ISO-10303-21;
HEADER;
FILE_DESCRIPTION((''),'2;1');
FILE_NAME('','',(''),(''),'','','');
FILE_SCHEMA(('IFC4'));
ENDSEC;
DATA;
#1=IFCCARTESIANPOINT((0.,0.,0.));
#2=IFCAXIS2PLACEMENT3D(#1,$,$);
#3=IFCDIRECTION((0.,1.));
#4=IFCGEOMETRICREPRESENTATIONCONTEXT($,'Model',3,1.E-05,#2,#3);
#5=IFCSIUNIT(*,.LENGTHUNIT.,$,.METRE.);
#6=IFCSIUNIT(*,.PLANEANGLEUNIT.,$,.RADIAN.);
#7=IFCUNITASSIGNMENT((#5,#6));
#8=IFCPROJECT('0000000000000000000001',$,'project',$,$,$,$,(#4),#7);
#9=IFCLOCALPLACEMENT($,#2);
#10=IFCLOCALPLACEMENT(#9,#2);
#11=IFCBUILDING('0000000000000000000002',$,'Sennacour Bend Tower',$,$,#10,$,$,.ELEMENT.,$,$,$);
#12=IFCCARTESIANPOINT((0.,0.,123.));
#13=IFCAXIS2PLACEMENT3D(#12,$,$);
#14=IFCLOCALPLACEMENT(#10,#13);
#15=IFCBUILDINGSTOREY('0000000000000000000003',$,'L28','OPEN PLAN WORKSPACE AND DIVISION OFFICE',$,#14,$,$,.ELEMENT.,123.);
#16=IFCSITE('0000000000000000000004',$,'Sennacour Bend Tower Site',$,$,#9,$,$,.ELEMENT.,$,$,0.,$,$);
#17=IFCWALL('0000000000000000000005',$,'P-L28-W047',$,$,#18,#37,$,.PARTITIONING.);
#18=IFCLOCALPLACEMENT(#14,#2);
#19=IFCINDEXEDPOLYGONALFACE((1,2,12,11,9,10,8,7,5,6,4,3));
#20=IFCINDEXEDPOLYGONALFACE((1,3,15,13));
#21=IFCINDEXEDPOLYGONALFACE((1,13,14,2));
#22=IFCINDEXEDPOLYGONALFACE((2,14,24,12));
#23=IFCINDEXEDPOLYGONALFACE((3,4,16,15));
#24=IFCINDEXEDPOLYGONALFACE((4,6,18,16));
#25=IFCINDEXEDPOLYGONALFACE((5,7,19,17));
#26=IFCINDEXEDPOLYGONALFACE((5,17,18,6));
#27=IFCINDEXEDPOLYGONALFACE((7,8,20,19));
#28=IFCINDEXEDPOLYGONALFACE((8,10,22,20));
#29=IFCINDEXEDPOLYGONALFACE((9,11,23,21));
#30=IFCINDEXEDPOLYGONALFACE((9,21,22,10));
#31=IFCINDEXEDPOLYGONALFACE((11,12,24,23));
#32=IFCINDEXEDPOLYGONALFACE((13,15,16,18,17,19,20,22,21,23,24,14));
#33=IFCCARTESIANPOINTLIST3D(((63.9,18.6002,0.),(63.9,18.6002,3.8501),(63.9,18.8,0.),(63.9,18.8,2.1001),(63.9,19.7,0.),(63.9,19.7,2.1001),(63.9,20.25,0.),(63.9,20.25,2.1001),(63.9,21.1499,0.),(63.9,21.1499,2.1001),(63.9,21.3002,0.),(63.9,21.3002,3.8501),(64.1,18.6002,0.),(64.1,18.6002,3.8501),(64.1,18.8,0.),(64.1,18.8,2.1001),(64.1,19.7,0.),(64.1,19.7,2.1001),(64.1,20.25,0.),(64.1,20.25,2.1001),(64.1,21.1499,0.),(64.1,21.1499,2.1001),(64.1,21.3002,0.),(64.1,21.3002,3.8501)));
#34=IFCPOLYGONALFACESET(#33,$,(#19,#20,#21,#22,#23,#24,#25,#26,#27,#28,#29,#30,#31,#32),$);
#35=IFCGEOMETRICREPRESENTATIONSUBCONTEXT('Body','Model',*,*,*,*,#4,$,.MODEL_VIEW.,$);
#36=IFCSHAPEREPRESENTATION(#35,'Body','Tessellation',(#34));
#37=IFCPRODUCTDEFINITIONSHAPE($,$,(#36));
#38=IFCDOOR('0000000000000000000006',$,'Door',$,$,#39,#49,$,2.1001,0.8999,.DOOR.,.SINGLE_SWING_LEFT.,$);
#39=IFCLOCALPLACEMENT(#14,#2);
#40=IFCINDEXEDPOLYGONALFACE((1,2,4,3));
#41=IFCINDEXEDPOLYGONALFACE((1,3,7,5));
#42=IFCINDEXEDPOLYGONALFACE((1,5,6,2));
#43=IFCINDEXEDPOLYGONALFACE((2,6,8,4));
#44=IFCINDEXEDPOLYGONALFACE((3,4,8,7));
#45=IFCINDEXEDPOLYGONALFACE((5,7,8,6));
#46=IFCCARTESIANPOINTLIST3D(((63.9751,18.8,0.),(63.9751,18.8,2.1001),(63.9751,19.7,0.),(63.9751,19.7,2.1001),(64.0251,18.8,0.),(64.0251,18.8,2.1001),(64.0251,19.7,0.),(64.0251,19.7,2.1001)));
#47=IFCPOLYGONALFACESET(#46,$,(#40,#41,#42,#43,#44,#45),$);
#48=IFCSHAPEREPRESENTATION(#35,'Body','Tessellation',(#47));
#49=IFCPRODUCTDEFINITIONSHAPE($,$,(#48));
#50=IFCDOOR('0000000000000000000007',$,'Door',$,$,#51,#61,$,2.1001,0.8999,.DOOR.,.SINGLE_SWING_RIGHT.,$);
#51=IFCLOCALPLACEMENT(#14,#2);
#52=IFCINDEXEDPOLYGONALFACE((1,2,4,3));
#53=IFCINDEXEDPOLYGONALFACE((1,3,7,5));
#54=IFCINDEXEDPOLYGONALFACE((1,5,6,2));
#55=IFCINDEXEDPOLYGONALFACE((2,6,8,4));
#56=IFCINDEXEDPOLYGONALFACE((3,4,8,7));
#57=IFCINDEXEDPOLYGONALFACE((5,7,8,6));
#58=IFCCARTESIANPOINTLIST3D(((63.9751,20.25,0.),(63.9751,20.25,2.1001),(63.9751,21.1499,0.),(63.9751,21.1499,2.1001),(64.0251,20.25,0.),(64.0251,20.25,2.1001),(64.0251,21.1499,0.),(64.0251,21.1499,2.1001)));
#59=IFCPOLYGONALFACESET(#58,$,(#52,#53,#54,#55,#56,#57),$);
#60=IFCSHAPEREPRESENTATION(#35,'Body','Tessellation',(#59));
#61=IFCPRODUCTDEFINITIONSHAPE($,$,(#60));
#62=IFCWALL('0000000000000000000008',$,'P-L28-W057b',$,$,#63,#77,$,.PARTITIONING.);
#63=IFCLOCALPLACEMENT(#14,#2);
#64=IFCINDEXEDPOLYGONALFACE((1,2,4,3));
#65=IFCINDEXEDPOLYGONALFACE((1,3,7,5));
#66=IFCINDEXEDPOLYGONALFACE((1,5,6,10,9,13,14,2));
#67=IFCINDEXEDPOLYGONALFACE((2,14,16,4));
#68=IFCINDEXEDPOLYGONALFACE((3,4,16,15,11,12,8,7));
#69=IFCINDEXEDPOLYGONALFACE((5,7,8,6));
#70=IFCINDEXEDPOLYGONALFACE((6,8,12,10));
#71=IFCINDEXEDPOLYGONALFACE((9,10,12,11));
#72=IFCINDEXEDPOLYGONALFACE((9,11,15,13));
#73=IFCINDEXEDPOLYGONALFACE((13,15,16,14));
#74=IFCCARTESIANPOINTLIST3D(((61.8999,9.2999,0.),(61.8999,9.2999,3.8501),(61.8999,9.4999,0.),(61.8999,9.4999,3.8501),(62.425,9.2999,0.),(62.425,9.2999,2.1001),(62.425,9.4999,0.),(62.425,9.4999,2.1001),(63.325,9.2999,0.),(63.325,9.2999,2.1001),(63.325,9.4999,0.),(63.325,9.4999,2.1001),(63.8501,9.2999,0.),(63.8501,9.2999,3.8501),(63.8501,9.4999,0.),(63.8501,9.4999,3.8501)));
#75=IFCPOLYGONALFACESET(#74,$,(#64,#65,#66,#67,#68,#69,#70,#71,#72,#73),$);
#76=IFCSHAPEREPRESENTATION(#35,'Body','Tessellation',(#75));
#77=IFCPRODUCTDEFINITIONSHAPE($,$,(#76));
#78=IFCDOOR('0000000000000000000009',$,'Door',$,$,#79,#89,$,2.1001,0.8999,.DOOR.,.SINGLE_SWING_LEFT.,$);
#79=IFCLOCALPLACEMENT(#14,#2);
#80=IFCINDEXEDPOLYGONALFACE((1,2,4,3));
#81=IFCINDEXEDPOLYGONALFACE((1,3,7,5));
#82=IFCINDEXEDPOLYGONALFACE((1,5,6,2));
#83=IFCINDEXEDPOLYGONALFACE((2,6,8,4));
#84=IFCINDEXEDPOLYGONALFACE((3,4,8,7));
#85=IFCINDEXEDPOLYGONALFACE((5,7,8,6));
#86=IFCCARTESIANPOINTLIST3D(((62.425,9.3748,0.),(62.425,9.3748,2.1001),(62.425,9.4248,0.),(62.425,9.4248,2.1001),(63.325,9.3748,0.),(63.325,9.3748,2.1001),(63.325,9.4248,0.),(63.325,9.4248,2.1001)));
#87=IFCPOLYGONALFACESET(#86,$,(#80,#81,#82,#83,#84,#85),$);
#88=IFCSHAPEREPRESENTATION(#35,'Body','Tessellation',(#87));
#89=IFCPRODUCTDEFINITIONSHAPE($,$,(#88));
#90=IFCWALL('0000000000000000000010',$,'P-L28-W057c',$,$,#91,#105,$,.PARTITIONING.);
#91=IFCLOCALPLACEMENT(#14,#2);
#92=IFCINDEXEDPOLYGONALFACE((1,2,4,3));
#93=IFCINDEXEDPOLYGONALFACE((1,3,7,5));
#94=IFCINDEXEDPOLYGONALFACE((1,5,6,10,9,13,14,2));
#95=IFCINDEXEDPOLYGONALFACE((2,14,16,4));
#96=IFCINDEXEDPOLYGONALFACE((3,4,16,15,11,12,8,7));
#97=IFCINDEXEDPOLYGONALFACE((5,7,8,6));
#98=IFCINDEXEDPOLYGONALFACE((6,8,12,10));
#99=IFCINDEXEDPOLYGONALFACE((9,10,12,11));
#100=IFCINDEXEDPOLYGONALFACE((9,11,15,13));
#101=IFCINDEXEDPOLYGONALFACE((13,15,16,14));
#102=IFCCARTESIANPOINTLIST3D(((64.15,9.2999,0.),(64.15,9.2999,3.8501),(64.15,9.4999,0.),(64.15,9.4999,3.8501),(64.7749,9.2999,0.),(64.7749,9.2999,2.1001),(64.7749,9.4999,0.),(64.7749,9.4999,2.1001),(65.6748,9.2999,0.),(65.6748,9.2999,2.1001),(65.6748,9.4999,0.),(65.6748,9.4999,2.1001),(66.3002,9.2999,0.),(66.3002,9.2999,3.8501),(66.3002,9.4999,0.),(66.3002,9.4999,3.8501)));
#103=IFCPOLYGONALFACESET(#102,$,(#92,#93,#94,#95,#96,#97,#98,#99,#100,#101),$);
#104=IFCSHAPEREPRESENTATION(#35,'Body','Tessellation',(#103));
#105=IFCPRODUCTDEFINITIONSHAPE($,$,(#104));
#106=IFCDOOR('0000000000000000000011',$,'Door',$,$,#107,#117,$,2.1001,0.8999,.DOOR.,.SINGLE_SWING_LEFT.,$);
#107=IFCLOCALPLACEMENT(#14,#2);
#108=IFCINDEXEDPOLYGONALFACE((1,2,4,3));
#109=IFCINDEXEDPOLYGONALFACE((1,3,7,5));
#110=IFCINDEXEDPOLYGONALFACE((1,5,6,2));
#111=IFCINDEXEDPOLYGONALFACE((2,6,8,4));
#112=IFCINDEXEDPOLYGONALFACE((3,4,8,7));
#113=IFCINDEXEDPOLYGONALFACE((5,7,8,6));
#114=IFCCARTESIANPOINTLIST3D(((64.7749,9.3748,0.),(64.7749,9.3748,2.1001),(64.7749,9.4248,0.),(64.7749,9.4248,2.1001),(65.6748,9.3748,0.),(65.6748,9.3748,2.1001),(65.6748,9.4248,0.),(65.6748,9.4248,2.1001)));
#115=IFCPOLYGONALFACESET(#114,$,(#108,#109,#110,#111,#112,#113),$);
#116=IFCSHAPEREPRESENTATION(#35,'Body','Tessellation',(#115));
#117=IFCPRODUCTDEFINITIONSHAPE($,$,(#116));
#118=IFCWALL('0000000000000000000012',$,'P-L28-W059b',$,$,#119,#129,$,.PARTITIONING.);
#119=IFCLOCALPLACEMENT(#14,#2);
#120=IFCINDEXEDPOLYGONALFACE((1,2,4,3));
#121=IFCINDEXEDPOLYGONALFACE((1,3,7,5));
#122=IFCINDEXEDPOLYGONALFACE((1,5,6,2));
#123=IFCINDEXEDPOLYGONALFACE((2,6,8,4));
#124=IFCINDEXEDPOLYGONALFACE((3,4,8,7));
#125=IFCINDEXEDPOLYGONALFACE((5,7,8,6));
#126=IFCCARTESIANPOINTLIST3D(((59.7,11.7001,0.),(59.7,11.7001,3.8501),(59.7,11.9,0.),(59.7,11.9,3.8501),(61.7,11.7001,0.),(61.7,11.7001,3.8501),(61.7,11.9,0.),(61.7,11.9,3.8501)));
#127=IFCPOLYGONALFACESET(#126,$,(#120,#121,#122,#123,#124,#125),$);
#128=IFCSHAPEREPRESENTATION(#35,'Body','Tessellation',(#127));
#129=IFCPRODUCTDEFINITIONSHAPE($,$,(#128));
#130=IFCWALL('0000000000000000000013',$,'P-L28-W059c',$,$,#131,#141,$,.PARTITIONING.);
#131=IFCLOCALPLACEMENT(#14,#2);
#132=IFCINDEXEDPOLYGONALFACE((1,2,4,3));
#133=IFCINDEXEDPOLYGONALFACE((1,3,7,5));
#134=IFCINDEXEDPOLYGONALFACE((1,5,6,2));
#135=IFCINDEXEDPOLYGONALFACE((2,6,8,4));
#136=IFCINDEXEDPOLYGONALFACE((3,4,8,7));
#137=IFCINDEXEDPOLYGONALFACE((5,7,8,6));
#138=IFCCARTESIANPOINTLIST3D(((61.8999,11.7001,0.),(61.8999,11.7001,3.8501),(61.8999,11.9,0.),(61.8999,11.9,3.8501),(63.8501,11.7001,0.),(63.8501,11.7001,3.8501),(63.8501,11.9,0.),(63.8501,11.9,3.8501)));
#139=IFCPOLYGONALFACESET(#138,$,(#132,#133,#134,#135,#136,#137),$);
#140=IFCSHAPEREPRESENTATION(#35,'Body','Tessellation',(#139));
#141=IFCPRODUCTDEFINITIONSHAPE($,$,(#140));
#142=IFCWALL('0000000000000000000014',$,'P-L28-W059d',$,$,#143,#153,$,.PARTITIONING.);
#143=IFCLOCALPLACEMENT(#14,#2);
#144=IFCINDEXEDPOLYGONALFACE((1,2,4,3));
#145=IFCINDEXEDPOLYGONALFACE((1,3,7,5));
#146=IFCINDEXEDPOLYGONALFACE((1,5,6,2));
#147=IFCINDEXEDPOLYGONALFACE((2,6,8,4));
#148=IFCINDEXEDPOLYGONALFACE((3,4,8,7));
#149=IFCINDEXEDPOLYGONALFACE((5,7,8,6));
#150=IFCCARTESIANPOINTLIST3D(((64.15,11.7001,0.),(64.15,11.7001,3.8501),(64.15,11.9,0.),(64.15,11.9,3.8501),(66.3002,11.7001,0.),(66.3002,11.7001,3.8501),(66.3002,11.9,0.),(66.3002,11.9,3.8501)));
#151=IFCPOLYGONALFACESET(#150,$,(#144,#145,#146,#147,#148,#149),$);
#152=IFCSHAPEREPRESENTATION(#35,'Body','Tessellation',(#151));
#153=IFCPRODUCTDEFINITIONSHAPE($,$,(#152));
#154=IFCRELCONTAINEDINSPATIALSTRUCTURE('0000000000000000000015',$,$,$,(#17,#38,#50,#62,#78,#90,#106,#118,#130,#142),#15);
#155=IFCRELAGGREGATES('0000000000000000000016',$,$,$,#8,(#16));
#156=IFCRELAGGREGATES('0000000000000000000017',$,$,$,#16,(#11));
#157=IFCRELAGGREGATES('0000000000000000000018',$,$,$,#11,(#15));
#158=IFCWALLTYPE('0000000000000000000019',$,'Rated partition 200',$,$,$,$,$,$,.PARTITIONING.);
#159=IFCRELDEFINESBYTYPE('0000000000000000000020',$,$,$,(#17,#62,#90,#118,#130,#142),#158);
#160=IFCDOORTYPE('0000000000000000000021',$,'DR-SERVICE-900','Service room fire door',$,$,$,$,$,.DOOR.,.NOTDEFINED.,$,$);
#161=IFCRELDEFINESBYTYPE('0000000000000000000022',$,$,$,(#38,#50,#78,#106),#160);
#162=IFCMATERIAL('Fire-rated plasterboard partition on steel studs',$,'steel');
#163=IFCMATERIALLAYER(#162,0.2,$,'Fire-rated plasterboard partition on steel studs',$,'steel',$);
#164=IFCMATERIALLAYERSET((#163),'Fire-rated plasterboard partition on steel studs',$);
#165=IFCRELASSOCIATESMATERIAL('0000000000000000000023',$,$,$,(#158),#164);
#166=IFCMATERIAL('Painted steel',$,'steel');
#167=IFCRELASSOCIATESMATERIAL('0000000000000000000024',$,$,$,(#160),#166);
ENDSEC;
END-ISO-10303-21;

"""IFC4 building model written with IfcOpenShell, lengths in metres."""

from ifc_helpers import new_model, si_unit, direction, frame, frame_2d, origin, place, context, subcontext, project, spatial, rectangle, extrude, material, layer, layer_set, type_object, element, fill, save


model = new_model("IFC4")

# Units and contexts
model_context = context("Model", 3, precision=1e-05, world=origin(), true_north=direction((0.0, 1.0)))
body_context = subcontext(model_context, "Body", "Model", "MODEL_VIEW")
ifc_project = project(units=[si_unit("LENGTHUNIT", "METRE"), si_unit("PLANEANGLEUNIT", "RADIAN")], contexts=[model_context])

# Site, building, storey
site_placement = place(None, origin())
site = spatial("IfcSite", under=ifc_project, at=site_placement, Name="Sennacour Bend Tower Site", CompositionType="ELEMENT", RefElevation=0.0)
building_placement = place(site_placement, origin())
building = spatial("IfcBuilding", under=site, at=building_placement, Name="Sennacour Bend Tower", CompositionType="ELEMENT")
storey_placement = place(building_placement, frame((0.0, 0.0, 123.0)))
storey = spatial("IfcBuildingStorey", under=building, at=storey_placement, Name="L28", Description="OPEN PLAN WORKSPACE AND DIVISION OFFICE", CompositionType="ELEMENT", Elevation=123.0)

# Wall, openings, doors
ifc_material_1 = material(Name="Fire-rated plasterboard partition on steel studs", Category="steel")
ifc_layer_1 = layer(ifc_material_1, 0.2, Name="Fire-rated plasterboard partition on steel studs", Category="steel")
ifc_layer_set_1 = layer_set([ifc_layer_1], Name="Fire-rated plasterboard partition on steel studs")
wall_type_1 = type_object("IfcWallType", Name="Rated partition 200", PredefinedType="PARTITIONING", material=ifc_layer_set_1)
wall_1_placement = place(storey_placement, frame((64.0, 18.6001, 0.0), z_axis=(0.0, 0.0, 1.0), x_axis=(0.0, 1.0, 0.0)))
wall_1 = element("IfcWall", 1, at=wall_1_placement, inside=storey, type_object=wall_type_1, Name="P-L28-W047", PredefinedType="PARTITIONING", context=body_context, shape_type="SweptSolid", body=[
    extrude(rectangle(XDim=2.7, YDim=0.2, at=frame_2d((1.3501, 0.0))), origin(), (0.0, 0.0, 1.0), 3.8501),
])
opening_1_placement = place(wall_1_placement, frame((0.2, 0.0, 0.0)))
opening_1 = element("IfcOpeningElement", 2, at=opening_1_placement, cuts=wall_1, PredefinedType="OPENING", context=body_context, shape_type="SweptSolid", body=[
    extrude(rectangle(XDim=0.8999, YDim=2.1001, at=frame_2d((0.45, 1.05))), frame((0.0, 0.1099, 0.0), z_axis=(0.0, -1.0, 0.0), x_axis=(1.0, 0.0, 0.0)), (0.0, 0.0, 1.0), 0.22),
])
opening_2_placement = place(wall_1_placement, frame((1.6499, 0.0, 0.0)))
opening_2 = element("IfcOpeningElement", 3, at=opening_2_placement, cuts=wall_1, PredefinedType="OPENING", context=body_context, shape_type="SweptSolid", body=[
    extrude(rectangle(XDim=0.8999, YDim=2.1001, at=frame_2d((0.45, 1.05))), frame((0.0, 0.1099, 0.0), z_axis=(0.0, -1.0, 0.0), x_axis=(1.0, 0.0, 0.0)), (0.0, 0.0, 1.0), 0.22),
])
ifc_material_2 = material(Name="Painted steel", Category="steel")
door_type_1 = type_object("IfcDoorType", Name="DR-SERVICE-900", Description="Service room fire door", OperationType="NOTDEFINED", PredefinedType="DOOR", material=ifc_material_2)
door_1_placement = place(opening_1_placement, origin())
door_1 = element("IfcDoor", 4, at=door_1_placement, inside=storey, type_object=door_type_1, Name="Door", OperationType="SINGLE_SWING_LEFT", OverallHeight=2.1001, OverallWidth=0.8999, PredefinedType="DOOR", context=body_context, shape_type="SweptSolid", body=[
    extrude(rectangle(XDim=0.8999, YDim=2.1001, at=frame_2d((0.45, 1.05))), frame((0.0, 0.0249, 0.0), z_axis=(0.0, -1.0, 0.0), x_axis=(1.0, 0.0, 0.0)), (0.0, 0.0, 1.0), 0.05),
])
fill(opening_1, door_1)
door_2_placement = place(opening_2_placement, origin())
door_2 = element("IfcDoor", 5, at=door_2_placement, inside=storey, type_object=door_type_1, Name="Door", OperationType="SINGLE_SWING_RIGHT", OverallHeight=2.1001, OverallWidth=0.8999, PredefinedType="DOOR", context=body_context, shape_type="SweptSolid", body=[
    extrude(rectangle(XDim=0.8999, YDim=2.1001, at=frame_2d((0.45, 1.05))), frame((0.0, 0.0249, 0.0), z_axis=(0.0, -1.0, 0.0), x_axis=(1.0, 0.0, 0.0)), (0.0, 0.0, 1.0), 0.05),
])
fill(opening_2, door_2)

# Walls, openings, doors
wall_2_placement = place(storey_placement, frame((61.8999, 9.3999, 0.0), z_axis=(0.0, 0.0, 1.0), x_axis=(1.0, 0.0, 0.0)))
wall_2 = element("IfcWall", 6, at=wall_2_placement, inside=storey, type_object=wall_type_1, Name="P-L28-W057b", PredefinedType="PARTITIONING", context=body_context, shape_type="SweptSolid", body=[
    extrude(rectangle(XDim=1.9502, YDim=0.2, at=frame_2d((0.9751, 0.0))), origin(), (0.0, 0.0, 1.0), 3.8501),
])
opening_3_placement = place(wall_2_placement, frame((0.5251, 0.0, 0.0)))
opening_3 = element("IfcOpeningElement", 7, at=opening_3_placement, cuts=wall_2, PredefinedType="OPENING", context=body_context, shape_type="SweptSolid", body=[
    extrude(rectangle(XDim=0.8999, YDim=2.1001, at=frame_2d((0.45, 1.05))), frame((0.0, 0.1099, 0.0), z_axis=(0.0, -1.0, 0.0), x_axis=(1.0, 0.0, 0.0)), (0.0, 0.0, 1.0), 0.22),
])
door_3_placement = place(opening_3_placement, origin())
door_3 = element("IfcDoor", 8, at=door_3_placement, inside=storey, type_object=door_type_1, Name="Door", OperationType="SINGLE_SWING_LEFT", OverallHeight=2.1001, OverallWidth=0.8999, PredefinedType="DOOR", context=body_context, shape_type="SweptSolid", body=[
    extrude(rectangle(XDim=0.8999, YDim=2.1001, at=frame_2d((0.45, 1.05))), frame((0.0, 0.0249, 0.0), z_axis=(0.0, -1.0, 0.0), x_axis=(1.0, 0.0, 0.0)), (0.0, 0.0, 1.0), 0.05),
])
fill(opening_3, door_3)
wall_3_placement = place(storey_placement, frame((64.1499, 9.3999, 0.0), z_axis=(0.0, 0.0, 1.0), x_axis=(1.0, 0.0, 0.0)))
wall_3 = element("IfcWall", 9, at=wall_3_placement, inside=storey, type_object=wall_type_1, Name="P-L28-W057c", PredefinedType="PARTITIONING", context=body_context, shape_type="SweptSolid", body=[
    extrude(rectangle(XDim=2.1501, YDim=0.2, at=frame_2d((1.0752, 0.0))), origin(), (0.0, 0.0, 1.0), 3.8501),
])
opening_4_placement = place(wall_3_placement, frame((0.625, 0.0, 0.0)))
opening_4 = element("IfcOpeningElement", 10, at=opening_4_placement, cuts=wall_3, PredefinedType="OPENING", context=body_context, shape_type="SweptSolid", body=[
    extrude(rectangle(XDim=0.8999, YDim=2.1001, at=frame_2d((0.45, 1.05))), frame((0.0, 0.1099, 0.0), z_axis=(0.0, -1.0, 0.0), x_axis=(1.0, 0.0, 0.0)), (0.0, 0.0, 1.0), 0.22),
])
door_4_placement = place(opening_4_placement, origin())
door_4 = element("IfcDoor", 11, at=door_4_placement, inside=storey, type_object=door_type_1, Name="Door", OperationType="SINGLE_SWING_LEFT", OverallHeight=2.1001, OverallWidth=0.8999, PredefinedType="DOOR", context=body_context, shape_type="SweptSolid", body=[
    extrude(rectangle(XDim=0.8999, YDim=2.1001, at=frame_2d((0.45, 1.05))), frame((0.0, 0.0249, 0.0), z_axis=(0.0, -1.0, 0.0), x_axis=(1.0, 0.0, 0.0)), (0.0, 0.0, 1.0), 0.05),
])
fill(opening_4, door_4)

# Walls
wall_4_placement = place(storey_placement, frame((59.7, 11.8, 0.0), z_axis=(0.0, 0.0, 1.0), x_axis=(1.0, 0.0, 0.0)))
element("IfcWall", 12, at=wall_4_placement, inside=storey, type_object=wall_type_1, Name="P-L28-W059b", PredefinedType="PARTITIONING", context=body_context, shape_type="SweptSolid", body=[
    extrude(rectangle(XDim=2.0, YDim=0.2, at=frame_2d((1.0, 0.0))), origin(), (0.0, 0.0, 1.0), 3.8501),
])
wall_5_placement = place(storey_placement, frame((61.8999, 11.8, 0.0), z_axis=(0.0, 0.0, 1.0), x_axis=(1.0, 0.0, 0.0)))
element("IfcWall", 13, at=wall_5_placement, inside=storey, type_object=wall_type_1, Name="P-L28-W059c", PredefinedType="PARTITIONING", context=body_context, shape_type="SweptSolid", body=[
    extrude(rectangle(XDim=1.9502, YDim=0.2, at=frame_2d((0.9751, 0.0))), origin(), (0.0, 0.0, 1.0), 3.8501),
])
wall_6_placement = place(storey_placement, frame((64.1499, 11.8, 0.0), z_axis=(0.0, 0.0, 1.0), x_axis=(1.0, 0.0, 0.0)))
element("IfcWall", 14, at=wall_6_placement, inside=storey, type_object=wall_type_1, Name="P-L28-W059d", PredefinedType="PARTITIONING", context=body_context, shape_type="SweptSolid", body=[
    extrude(rectangle(XDim=2.1501, YDim=0.2, at=frame_2d((1.0752, 0.0))), origin(), (0.0, 0.0, 1.0), 3.8501),
])

save(model, "model.ifc")
